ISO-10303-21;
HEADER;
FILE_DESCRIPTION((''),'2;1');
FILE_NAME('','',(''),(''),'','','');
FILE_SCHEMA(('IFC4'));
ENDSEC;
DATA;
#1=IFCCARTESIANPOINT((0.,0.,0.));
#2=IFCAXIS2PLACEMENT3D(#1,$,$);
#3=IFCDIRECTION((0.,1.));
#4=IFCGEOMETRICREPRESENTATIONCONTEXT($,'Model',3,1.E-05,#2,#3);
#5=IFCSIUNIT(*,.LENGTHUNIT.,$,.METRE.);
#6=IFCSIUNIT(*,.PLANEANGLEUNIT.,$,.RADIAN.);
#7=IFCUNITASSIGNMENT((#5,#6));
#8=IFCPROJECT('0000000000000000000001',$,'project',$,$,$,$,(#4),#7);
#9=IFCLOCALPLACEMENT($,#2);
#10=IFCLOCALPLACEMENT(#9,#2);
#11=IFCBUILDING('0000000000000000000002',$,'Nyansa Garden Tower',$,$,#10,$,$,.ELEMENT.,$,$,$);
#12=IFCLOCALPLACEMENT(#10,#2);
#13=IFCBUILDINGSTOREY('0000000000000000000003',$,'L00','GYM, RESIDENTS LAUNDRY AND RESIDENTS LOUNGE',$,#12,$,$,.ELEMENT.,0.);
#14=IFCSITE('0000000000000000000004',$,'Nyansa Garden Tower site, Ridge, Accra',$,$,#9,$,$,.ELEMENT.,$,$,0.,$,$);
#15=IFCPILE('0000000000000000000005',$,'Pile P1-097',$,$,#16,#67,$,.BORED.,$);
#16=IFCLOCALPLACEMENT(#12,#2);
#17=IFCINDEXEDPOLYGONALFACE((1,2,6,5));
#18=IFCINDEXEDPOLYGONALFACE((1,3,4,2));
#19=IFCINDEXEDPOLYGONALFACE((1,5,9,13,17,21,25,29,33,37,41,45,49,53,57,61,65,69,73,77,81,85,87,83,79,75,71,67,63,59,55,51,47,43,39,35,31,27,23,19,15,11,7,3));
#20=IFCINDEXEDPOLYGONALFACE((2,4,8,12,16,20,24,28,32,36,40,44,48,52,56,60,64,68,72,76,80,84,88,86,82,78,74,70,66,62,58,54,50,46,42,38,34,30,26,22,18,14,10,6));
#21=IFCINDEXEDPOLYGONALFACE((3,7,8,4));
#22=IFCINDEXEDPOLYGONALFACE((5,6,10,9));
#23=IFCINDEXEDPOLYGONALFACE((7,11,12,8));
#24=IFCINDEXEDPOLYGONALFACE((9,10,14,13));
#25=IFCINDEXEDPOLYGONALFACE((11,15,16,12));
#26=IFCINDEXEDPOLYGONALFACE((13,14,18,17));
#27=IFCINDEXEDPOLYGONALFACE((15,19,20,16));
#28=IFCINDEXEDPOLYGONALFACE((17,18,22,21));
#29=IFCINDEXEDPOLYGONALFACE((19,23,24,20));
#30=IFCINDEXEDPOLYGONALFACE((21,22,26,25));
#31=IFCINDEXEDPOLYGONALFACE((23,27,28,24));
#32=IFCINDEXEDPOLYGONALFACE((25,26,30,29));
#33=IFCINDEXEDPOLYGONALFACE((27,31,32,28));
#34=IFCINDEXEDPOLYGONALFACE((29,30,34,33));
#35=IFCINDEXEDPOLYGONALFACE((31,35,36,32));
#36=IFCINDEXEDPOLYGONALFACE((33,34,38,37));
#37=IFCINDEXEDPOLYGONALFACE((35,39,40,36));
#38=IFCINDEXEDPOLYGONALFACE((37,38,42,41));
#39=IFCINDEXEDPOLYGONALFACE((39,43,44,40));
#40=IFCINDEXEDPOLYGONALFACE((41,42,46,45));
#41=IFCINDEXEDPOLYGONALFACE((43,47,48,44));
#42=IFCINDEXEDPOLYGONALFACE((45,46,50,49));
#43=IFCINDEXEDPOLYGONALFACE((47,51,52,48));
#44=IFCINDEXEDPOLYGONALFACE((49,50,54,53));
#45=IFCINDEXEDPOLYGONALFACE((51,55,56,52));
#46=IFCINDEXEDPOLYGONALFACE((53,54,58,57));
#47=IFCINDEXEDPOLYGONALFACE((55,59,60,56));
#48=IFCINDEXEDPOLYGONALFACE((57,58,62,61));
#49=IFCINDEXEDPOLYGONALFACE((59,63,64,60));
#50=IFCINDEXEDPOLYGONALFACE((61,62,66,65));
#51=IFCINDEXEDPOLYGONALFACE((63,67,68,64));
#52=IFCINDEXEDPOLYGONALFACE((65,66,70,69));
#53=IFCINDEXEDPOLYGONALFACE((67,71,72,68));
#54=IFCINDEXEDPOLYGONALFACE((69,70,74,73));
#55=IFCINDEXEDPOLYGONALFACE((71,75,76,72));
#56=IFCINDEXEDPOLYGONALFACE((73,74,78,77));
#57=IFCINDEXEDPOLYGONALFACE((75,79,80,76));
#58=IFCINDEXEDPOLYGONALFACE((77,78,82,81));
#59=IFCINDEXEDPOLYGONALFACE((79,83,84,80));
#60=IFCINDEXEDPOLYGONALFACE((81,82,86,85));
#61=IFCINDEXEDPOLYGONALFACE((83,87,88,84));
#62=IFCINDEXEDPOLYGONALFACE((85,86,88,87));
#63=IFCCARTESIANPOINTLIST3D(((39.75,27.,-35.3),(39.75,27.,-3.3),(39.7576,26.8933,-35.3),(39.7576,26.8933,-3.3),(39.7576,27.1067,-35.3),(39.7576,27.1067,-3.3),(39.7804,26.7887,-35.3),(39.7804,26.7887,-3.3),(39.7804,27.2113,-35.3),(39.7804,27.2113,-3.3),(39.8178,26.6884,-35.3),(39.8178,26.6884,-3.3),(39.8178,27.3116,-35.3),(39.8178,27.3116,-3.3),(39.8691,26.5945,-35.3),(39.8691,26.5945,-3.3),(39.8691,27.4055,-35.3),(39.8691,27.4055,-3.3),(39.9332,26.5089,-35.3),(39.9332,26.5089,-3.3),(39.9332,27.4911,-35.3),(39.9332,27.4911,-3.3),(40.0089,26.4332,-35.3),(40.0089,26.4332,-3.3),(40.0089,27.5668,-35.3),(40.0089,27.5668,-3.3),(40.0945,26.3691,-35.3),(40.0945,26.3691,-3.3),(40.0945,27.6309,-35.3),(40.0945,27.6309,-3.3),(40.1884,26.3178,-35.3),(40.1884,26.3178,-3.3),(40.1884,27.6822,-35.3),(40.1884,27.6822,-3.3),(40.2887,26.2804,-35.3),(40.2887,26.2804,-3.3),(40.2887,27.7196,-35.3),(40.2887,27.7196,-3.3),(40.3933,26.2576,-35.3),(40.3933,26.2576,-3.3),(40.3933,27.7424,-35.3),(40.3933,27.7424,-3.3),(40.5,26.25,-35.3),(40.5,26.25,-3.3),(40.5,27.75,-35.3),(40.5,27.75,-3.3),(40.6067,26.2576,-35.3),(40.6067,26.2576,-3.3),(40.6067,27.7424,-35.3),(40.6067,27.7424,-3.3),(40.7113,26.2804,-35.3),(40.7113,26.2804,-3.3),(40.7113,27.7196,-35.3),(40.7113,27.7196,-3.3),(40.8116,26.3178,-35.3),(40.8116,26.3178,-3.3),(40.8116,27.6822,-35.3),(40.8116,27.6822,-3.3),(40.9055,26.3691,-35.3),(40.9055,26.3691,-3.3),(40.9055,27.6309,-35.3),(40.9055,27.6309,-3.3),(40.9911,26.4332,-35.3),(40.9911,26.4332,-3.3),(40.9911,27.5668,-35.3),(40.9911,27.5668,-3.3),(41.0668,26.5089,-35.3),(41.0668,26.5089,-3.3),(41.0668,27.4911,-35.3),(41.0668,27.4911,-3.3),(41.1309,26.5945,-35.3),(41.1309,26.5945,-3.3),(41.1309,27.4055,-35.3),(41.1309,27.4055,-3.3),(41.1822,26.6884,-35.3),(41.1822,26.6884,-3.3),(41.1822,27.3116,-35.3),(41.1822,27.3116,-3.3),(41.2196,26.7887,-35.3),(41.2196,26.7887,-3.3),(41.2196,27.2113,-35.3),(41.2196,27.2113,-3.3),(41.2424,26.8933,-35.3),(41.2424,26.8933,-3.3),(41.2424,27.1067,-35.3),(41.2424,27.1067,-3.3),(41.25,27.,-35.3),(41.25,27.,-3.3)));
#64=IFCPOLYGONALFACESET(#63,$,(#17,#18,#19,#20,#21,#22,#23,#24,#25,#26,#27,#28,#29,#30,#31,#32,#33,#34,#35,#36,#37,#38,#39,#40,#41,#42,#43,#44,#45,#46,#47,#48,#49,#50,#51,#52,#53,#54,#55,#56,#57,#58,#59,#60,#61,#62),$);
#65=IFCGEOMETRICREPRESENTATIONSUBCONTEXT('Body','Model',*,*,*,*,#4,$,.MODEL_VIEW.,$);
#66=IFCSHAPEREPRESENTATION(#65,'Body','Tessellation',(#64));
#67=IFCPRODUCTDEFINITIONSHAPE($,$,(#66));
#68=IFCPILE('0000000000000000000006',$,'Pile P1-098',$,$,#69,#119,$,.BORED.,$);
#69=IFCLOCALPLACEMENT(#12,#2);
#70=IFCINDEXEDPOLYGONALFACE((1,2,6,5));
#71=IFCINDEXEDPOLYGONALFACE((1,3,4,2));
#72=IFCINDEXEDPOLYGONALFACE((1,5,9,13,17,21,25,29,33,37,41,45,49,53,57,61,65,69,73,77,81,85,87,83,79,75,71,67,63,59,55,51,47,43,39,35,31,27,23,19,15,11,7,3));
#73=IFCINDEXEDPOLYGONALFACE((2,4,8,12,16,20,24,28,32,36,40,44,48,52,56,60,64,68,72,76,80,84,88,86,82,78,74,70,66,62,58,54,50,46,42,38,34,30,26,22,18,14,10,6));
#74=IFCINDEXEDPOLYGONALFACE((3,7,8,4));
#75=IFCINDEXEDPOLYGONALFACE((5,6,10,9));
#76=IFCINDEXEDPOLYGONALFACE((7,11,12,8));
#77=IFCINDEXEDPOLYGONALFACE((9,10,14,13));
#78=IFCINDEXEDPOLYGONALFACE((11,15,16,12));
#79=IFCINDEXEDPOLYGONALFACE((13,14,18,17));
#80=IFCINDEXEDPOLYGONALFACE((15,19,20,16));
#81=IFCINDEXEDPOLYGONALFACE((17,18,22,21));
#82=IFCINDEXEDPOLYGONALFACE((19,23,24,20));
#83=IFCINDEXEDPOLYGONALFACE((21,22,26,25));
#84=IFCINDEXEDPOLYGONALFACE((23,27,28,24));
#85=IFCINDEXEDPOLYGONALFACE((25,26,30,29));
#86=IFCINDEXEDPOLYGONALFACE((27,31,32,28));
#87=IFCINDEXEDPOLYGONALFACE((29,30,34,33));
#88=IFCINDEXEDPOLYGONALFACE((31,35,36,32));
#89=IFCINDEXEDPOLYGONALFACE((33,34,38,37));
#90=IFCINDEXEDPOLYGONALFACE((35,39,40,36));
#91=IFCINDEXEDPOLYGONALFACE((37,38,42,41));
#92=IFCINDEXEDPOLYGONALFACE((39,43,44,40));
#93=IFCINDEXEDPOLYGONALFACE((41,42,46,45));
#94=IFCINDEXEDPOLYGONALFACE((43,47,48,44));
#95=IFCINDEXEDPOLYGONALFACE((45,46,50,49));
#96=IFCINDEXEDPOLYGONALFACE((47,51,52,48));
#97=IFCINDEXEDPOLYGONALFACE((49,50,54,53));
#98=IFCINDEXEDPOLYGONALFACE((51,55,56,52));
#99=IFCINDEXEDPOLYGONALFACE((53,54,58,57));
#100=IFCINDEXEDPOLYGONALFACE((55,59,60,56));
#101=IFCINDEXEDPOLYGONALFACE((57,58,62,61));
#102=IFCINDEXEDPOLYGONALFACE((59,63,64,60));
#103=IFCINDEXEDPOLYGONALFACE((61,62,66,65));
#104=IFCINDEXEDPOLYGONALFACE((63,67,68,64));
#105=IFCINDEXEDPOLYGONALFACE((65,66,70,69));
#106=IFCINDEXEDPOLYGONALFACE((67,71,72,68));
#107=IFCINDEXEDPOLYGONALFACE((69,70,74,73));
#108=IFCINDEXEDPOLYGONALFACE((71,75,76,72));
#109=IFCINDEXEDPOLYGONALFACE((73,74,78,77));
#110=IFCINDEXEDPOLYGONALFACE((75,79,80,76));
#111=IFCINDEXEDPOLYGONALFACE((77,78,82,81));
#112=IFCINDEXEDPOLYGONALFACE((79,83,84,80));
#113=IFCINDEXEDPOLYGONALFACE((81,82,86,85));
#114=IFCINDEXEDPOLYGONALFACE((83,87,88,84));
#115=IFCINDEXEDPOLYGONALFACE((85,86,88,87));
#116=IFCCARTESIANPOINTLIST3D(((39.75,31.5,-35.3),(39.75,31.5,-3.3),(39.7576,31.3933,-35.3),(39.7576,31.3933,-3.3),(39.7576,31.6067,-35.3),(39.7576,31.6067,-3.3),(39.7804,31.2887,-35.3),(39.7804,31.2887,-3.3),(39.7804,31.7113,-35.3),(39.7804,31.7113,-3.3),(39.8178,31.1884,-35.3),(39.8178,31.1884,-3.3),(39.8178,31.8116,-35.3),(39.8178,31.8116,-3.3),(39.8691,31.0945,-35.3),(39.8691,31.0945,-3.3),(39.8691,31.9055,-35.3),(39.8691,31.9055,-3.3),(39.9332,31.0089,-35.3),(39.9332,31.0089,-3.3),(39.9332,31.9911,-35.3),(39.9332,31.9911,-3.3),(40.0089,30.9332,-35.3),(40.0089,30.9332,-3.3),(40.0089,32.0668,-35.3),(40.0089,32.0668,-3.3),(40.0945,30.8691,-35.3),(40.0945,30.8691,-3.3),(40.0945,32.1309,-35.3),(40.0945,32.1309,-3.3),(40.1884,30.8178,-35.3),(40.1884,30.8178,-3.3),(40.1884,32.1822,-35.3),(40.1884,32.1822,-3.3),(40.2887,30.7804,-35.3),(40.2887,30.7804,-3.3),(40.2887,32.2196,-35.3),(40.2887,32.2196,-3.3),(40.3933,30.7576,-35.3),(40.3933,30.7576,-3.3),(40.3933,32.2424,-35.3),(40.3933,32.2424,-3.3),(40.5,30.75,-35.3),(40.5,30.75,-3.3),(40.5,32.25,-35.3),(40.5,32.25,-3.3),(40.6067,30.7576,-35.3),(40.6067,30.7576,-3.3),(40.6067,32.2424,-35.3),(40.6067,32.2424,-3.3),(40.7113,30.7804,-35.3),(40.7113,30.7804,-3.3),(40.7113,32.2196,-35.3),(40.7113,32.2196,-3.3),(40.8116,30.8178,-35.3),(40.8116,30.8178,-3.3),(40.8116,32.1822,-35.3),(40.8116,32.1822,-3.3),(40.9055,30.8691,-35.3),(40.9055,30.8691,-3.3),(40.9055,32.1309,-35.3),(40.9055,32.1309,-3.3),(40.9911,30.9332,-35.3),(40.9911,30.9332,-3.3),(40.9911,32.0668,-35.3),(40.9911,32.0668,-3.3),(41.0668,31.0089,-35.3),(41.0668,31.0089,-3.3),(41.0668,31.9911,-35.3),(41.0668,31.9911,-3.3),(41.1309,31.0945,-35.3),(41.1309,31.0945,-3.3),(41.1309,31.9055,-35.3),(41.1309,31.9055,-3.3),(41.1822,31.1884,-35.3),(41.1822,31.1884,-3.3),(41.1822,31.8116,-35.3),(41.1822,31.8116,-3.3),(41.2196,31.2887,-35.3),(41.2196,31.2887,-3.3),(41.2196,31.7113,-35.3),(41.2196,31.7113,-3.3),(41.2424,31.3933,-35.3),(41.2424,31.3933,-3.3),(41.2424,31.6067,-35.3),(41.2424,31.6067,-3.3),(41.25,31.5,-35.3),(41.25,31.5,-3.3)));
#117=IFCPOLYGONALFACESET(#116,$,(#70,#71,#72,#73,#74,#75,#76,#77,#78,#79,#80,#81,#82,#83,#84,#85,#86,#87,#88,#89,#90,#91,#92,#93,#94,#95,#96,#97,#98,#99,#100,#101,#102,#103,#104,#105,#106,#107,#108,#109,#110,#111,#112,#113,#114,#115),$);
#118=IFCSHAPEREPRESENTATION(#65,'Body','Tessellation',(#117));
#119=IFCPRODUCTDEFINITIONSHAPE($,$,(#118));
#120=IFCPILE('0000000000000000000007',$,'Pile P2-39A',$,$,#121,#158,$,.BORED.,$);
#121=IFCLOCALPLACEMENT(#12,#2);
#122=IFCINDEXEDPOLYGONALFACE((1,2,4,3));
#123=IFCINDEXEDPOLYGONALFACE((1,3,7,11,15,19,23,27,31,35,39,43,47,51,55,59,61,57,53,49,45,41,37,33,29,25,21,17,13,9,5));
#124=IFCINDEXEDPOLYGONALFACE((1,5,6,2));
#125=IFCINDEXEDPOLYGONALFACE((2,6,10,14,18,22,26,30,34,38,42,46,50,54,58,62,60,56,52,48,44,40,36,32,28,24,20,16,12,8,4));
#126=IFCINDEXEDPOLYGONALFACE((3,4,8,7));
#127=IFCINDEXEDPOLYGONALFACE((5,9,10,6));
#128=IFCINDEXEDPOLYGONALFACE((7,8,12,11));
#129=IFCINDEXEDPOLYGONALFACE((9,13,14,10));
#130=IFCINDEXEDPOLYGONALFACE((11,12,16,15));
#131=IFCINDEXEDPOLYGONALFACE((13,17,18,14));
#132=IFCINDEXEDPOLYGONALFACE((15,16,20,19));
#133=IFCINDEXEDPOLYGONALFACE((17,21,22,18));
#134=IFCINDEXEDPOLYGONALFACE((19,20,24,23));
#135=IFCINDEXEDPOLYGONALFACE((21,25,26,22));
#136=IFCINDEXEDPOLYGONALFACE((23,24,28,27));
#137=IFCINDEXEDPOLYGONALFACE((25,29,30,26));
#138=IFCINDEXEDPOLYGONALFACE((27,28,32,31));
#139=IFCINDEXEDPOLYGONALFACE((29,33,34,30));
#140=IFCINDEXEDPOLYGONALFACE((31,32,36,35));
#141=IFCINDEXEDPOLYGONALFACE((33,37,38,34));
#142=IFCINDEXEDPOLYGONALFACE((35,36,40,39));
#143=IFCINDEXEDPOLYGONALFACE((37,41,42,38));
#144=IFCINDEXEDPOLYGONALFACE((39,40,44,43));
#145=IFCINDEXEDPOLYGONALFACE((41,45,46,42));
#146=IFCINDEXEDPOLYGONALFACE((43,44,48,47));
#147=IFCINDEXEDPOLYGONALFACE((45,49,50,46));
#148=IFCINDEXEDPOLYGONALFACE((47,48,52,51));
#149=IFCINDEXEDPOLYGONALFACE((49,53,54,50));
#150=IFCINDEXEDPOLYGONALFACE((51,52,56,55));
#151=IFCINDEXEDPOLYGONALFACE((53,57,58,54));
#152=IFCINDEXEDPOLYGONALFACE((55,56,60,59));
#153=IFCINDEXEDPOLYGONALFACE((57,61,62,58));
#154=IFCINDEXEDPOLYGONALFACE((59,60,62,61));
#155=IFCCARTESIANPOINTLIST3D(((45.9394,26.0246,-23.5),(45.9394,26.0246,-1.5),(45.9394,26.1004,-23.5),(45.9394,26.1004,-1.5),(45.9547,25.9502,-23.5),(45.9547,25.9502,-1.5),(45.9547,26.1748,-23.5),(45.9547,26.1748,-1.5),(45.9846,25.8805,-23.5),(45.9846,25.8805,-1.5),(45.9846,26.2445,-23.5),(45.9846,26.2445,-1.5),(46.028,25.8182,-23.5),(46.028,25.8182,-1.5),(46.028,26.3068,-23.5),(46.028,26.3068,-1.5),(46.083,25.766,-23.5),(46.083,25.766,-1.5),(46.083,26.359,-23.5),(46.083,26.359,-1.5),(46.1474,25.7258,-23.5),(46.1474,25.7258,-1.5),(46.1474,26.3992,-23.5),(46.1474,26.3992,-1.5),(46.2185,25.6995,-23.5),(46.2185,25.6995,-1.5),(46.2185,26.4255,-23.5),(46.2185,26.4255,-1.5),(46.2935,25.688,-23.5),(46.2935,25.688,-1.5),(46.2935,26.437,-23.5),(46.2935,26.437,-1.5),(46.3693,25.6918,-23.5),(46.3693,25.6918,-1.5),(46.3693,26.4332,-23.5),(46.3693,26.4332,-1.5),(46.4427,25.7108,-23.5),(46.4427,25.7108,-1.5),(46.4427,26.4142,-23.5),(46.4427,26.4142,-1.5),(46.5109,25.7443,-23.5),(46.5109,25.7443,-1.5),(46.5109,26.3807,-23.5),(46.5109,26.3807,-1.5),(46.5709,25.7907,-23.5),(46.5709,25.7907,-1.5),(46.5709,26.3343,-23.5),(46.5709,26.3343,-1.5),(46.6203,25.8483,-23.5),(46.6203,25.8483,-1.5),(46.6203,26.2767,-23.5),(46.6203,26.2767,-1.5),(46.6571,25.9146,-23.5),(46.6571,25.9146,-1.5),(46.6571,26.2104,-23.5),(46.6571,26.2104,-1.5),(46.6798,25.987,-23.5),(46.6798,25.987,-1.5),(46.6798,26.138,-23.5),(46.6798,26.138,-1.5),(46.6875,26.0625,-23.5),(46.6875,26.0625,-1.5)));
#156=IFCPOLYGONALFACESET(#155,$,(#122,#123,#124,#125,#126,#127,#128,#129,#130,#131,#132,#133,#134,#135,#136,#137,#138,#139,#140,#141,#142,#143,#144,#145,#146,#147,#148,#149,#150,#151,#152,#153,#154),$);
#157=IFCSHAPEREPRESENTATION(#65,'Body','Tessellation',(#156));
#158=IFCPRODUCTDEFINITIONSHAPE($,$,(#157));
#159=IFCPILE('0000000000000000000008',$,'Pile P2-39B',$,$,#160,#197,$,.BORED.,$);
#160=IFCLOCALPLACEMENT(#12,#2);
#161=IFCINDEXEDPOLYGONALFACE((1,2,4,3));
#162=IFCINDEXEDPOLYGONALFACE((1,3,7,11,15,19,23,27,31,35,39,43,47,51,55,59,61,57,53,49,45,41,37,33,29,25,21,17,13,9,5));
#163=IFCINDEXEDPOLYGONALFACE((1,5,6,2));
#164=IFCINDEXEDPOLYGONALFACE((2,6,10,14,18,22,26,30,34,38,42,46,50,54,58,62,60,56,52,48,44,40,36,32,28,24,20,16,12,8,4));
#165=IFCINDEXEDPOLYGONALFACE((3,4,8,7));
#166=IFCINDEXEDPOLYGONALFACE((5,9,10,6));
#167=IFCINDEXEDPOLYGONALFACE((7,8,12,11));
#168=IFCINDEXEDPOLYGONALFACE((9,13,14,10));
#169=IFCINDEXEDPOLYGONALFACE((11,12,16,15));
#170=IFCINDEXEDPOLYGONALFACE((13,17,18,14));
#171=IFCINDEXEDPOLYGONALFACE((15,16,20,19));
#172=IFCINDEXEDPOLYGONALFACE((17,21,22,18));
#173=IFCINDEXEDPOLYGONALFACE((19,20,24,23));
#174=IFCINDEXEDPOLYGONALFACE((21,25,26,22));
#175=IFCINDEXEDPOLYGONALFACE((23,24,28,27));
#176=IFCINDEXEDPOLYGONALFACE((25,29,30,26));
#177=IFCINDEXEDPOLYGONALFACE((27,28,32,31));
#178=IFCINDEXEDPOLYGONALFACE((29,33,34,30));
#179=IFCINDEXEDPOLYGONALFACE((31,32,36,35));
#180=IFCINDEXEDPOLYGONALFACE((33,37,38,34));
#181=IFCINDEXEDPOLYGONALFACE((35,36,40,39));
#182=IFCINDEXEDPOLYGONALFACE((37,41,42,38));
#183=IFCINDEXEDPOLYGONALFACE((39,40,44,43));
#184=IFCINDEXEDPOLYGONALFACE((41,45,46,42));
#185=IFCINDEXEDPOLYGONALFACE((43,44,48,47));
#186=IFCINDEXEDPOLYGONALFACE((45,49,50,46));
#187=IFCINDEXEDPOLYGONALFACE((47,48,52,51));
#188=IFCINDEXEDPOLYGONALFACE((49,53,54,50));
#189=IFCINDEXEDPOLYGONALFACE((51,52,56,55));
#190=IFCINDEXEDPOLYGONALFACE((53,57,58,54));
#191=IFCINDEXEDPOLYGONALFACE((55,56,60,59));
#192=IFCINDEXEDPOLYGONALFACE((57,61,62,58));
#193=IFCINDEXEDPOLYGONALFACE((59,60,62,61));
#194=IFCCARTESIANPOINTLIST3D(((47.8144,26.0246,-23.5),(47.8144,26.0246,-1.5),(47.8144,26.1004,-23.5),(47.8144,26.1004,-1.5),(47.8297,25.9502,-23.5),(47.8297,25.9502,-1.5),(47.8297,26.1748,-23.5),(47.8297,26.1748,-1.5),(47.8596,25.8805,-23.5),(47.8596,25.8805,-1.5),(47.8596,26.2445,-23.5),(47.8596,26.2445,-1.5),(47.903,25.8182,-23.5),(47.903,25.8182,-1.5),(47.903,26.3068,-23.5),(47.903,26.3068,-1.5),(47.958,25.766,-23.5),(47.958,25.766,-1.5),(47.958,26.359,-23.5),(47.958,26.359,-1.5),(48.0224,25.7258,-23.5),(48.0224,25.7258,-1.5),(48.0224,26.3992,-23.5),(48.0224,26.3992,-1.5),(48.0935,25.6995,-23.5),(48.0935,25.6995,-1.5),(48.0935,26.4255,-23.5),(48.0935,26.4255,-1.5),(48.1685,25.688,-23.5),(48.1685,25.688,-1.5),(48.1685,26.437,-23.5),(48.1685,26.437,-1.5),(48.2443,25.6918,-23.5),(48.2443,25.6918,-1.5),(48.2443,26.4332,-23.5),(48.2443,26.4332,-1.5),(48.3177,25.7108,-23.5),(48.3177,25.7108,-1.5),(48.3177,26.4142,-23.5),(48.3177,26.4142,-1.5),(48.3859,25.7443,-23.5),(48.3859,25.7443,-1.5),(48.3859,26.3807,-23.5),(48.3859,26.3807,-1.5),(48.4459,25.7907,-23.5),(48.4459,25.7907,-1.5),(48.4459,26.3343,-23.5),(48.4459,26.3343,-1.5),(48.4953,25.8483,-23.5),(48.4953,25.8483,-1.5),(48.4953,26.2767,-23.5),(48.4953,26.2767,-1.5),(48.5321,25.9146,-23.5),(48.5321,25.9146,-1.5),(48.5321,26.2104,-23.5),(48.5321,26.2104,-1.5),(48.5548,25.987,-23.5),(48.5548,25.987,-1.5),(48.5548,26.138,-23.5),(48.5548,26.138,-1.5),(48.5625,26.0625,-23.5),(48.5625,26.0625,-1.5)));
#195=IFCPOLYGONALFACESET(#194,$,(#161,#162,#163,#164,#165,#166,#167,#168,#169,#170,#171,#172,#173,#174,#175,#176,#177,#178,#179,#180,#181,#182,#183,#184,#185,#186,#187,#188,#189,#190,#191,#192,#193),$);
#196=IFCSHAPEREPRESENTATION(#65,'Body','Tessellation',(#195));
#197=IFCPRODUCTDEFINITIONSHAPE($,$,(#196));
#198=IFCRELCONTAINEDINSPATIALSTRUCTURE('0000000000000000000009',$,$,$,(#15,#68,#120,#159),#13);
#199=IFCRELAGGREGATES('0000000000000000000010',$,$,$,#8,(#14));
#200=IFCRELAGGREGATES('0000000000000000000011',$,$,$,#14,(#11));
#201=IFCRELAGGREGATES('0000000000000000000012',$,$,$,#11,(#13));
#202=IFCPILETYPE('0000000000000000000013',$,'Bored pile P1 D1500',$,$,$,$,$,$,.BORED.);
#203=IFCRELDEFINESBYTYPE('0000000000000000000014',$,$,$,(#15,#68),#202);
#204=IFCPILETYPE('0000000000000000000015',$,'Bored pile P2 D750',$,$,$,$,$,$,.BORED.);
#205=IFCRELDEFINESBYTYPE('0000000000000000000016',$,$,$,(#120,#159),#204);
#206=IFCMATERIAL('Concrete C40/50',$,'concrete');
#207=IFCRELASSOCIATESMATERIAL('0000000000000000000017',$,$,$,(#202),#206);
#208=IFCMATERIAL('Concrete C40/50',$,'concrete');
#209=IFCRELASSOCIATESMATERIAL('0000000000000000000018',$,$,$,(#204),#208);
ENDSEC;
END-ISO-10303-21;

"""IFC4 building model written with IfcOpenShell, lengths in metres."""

from ifc_helpers import new_model, si_unit, direction, frame, origin, origin_2d, place, context, subcontext, project, spatial, circle, extrude, material, type_object, element, save


model = new_model("IFC4")

# Units and contexts
model_context = context("Model", 3, precision=1e-05, world=origin(), true_north=direction((0.0, 1.0)))
body_context = subcontext(model_context, "Body", "Model", "MODEL_VIEW")
ifc_project = project(units=[si_unit("LENGTHUNIT", "METRE"), si_unit("PLANEANGLEUNIT", "RADIAN")], contexts=[model_context])

# Site, building, storey
site_placement = place(None, origin())
site = spatial("IfcSite", under=ifc_project, at=site_placement, Name="Nyansa Garden Tower site, Ridge, Accra", CompositionType="ELEMENT", RefElevation=0.0)
building_placement = place(site_placement, origin())
building = spatial("IfcBuilding", under=site, at=building_placement, Name="Nyansa Garden Tower", CompositionType="ELEMENT")
storey_placement = place(building_placement, origin())
storey = spatial("IfcBuildingStorey", under=building, at=storey_placement, Name="L00", Description="GYM, RESIDENTS LAUNDRY AND RESIDENTS LOUNGE", CompositionType="ELEMENT", Elevation=0.0)

# Piles
ifc_material_1 = material(Name="Concrete C40/50", Category="concrete")
pile_type_1 = type_object("IfcPileType", Name="Bored pile P1 D1500", PredefinedType="BORED", material=ifc_material_1)
for number, where, z_axis, x_axis, name in (
    (1, (40.5, 27.0, -3.3), (0.0, 0.0, -1.0), (1.0, 0.0, 0.0), "Pile P1-097"),
    (2, (40.5, 31.5, -3.3), (0.0, 0.0, -1.0), (1.0, 0.0, 0.0), "Pile P1-098"),
):
    element("IfcPile", number, at=place(storey_placement, frame(where, z_axis=z_axis, x_axis=x_axis)), inside=storey, type_object=pile_type_1, Name=name, PredefinedType="BORED", context=body_context, shape_type="SweptSolid", body=[
        extrude(circle(Radius=0.75, at=origin_2d()), origin(), (0.0, 0.0, 1.0), 32.0),
    ])
ifc_material_2 = material(Name="Concrete C40/50", Category="concrete")
pile_type_2 = type_object("IfcPileType", Name="Bored pile P2 D750", PredefinedType="BORED", material=ifc_material_2)
for number, where, z_axis, x_axis, name in (
    (3, (46.3125, 26.0625, -1.5), (0.0, 0.0, -1.0), (1.0, 0.0, 0.0), "Pile P2-39A"),
    (4, (48.1875, 26.0625, -1.5), (0.0, 0.0, -1.0), (1.0, 0.0, 0.0), "Pile P2-39B"),
):
    element("IfcPile", number, at=place(storey_placement, frame(where, z_axis=z_axis, x_axis=x_axis)), inside=storey, type_object=pile_type_2, Name=name, PredefinedType="BORED", context=body_context, shape_type="SweptSolid", body=[
        extrude(circle(Radius=0.375, at=origin_2d()), origin(), (0.0, 0.0, 1.0), 22.0),
    ])

save(model, "model.ifc")
